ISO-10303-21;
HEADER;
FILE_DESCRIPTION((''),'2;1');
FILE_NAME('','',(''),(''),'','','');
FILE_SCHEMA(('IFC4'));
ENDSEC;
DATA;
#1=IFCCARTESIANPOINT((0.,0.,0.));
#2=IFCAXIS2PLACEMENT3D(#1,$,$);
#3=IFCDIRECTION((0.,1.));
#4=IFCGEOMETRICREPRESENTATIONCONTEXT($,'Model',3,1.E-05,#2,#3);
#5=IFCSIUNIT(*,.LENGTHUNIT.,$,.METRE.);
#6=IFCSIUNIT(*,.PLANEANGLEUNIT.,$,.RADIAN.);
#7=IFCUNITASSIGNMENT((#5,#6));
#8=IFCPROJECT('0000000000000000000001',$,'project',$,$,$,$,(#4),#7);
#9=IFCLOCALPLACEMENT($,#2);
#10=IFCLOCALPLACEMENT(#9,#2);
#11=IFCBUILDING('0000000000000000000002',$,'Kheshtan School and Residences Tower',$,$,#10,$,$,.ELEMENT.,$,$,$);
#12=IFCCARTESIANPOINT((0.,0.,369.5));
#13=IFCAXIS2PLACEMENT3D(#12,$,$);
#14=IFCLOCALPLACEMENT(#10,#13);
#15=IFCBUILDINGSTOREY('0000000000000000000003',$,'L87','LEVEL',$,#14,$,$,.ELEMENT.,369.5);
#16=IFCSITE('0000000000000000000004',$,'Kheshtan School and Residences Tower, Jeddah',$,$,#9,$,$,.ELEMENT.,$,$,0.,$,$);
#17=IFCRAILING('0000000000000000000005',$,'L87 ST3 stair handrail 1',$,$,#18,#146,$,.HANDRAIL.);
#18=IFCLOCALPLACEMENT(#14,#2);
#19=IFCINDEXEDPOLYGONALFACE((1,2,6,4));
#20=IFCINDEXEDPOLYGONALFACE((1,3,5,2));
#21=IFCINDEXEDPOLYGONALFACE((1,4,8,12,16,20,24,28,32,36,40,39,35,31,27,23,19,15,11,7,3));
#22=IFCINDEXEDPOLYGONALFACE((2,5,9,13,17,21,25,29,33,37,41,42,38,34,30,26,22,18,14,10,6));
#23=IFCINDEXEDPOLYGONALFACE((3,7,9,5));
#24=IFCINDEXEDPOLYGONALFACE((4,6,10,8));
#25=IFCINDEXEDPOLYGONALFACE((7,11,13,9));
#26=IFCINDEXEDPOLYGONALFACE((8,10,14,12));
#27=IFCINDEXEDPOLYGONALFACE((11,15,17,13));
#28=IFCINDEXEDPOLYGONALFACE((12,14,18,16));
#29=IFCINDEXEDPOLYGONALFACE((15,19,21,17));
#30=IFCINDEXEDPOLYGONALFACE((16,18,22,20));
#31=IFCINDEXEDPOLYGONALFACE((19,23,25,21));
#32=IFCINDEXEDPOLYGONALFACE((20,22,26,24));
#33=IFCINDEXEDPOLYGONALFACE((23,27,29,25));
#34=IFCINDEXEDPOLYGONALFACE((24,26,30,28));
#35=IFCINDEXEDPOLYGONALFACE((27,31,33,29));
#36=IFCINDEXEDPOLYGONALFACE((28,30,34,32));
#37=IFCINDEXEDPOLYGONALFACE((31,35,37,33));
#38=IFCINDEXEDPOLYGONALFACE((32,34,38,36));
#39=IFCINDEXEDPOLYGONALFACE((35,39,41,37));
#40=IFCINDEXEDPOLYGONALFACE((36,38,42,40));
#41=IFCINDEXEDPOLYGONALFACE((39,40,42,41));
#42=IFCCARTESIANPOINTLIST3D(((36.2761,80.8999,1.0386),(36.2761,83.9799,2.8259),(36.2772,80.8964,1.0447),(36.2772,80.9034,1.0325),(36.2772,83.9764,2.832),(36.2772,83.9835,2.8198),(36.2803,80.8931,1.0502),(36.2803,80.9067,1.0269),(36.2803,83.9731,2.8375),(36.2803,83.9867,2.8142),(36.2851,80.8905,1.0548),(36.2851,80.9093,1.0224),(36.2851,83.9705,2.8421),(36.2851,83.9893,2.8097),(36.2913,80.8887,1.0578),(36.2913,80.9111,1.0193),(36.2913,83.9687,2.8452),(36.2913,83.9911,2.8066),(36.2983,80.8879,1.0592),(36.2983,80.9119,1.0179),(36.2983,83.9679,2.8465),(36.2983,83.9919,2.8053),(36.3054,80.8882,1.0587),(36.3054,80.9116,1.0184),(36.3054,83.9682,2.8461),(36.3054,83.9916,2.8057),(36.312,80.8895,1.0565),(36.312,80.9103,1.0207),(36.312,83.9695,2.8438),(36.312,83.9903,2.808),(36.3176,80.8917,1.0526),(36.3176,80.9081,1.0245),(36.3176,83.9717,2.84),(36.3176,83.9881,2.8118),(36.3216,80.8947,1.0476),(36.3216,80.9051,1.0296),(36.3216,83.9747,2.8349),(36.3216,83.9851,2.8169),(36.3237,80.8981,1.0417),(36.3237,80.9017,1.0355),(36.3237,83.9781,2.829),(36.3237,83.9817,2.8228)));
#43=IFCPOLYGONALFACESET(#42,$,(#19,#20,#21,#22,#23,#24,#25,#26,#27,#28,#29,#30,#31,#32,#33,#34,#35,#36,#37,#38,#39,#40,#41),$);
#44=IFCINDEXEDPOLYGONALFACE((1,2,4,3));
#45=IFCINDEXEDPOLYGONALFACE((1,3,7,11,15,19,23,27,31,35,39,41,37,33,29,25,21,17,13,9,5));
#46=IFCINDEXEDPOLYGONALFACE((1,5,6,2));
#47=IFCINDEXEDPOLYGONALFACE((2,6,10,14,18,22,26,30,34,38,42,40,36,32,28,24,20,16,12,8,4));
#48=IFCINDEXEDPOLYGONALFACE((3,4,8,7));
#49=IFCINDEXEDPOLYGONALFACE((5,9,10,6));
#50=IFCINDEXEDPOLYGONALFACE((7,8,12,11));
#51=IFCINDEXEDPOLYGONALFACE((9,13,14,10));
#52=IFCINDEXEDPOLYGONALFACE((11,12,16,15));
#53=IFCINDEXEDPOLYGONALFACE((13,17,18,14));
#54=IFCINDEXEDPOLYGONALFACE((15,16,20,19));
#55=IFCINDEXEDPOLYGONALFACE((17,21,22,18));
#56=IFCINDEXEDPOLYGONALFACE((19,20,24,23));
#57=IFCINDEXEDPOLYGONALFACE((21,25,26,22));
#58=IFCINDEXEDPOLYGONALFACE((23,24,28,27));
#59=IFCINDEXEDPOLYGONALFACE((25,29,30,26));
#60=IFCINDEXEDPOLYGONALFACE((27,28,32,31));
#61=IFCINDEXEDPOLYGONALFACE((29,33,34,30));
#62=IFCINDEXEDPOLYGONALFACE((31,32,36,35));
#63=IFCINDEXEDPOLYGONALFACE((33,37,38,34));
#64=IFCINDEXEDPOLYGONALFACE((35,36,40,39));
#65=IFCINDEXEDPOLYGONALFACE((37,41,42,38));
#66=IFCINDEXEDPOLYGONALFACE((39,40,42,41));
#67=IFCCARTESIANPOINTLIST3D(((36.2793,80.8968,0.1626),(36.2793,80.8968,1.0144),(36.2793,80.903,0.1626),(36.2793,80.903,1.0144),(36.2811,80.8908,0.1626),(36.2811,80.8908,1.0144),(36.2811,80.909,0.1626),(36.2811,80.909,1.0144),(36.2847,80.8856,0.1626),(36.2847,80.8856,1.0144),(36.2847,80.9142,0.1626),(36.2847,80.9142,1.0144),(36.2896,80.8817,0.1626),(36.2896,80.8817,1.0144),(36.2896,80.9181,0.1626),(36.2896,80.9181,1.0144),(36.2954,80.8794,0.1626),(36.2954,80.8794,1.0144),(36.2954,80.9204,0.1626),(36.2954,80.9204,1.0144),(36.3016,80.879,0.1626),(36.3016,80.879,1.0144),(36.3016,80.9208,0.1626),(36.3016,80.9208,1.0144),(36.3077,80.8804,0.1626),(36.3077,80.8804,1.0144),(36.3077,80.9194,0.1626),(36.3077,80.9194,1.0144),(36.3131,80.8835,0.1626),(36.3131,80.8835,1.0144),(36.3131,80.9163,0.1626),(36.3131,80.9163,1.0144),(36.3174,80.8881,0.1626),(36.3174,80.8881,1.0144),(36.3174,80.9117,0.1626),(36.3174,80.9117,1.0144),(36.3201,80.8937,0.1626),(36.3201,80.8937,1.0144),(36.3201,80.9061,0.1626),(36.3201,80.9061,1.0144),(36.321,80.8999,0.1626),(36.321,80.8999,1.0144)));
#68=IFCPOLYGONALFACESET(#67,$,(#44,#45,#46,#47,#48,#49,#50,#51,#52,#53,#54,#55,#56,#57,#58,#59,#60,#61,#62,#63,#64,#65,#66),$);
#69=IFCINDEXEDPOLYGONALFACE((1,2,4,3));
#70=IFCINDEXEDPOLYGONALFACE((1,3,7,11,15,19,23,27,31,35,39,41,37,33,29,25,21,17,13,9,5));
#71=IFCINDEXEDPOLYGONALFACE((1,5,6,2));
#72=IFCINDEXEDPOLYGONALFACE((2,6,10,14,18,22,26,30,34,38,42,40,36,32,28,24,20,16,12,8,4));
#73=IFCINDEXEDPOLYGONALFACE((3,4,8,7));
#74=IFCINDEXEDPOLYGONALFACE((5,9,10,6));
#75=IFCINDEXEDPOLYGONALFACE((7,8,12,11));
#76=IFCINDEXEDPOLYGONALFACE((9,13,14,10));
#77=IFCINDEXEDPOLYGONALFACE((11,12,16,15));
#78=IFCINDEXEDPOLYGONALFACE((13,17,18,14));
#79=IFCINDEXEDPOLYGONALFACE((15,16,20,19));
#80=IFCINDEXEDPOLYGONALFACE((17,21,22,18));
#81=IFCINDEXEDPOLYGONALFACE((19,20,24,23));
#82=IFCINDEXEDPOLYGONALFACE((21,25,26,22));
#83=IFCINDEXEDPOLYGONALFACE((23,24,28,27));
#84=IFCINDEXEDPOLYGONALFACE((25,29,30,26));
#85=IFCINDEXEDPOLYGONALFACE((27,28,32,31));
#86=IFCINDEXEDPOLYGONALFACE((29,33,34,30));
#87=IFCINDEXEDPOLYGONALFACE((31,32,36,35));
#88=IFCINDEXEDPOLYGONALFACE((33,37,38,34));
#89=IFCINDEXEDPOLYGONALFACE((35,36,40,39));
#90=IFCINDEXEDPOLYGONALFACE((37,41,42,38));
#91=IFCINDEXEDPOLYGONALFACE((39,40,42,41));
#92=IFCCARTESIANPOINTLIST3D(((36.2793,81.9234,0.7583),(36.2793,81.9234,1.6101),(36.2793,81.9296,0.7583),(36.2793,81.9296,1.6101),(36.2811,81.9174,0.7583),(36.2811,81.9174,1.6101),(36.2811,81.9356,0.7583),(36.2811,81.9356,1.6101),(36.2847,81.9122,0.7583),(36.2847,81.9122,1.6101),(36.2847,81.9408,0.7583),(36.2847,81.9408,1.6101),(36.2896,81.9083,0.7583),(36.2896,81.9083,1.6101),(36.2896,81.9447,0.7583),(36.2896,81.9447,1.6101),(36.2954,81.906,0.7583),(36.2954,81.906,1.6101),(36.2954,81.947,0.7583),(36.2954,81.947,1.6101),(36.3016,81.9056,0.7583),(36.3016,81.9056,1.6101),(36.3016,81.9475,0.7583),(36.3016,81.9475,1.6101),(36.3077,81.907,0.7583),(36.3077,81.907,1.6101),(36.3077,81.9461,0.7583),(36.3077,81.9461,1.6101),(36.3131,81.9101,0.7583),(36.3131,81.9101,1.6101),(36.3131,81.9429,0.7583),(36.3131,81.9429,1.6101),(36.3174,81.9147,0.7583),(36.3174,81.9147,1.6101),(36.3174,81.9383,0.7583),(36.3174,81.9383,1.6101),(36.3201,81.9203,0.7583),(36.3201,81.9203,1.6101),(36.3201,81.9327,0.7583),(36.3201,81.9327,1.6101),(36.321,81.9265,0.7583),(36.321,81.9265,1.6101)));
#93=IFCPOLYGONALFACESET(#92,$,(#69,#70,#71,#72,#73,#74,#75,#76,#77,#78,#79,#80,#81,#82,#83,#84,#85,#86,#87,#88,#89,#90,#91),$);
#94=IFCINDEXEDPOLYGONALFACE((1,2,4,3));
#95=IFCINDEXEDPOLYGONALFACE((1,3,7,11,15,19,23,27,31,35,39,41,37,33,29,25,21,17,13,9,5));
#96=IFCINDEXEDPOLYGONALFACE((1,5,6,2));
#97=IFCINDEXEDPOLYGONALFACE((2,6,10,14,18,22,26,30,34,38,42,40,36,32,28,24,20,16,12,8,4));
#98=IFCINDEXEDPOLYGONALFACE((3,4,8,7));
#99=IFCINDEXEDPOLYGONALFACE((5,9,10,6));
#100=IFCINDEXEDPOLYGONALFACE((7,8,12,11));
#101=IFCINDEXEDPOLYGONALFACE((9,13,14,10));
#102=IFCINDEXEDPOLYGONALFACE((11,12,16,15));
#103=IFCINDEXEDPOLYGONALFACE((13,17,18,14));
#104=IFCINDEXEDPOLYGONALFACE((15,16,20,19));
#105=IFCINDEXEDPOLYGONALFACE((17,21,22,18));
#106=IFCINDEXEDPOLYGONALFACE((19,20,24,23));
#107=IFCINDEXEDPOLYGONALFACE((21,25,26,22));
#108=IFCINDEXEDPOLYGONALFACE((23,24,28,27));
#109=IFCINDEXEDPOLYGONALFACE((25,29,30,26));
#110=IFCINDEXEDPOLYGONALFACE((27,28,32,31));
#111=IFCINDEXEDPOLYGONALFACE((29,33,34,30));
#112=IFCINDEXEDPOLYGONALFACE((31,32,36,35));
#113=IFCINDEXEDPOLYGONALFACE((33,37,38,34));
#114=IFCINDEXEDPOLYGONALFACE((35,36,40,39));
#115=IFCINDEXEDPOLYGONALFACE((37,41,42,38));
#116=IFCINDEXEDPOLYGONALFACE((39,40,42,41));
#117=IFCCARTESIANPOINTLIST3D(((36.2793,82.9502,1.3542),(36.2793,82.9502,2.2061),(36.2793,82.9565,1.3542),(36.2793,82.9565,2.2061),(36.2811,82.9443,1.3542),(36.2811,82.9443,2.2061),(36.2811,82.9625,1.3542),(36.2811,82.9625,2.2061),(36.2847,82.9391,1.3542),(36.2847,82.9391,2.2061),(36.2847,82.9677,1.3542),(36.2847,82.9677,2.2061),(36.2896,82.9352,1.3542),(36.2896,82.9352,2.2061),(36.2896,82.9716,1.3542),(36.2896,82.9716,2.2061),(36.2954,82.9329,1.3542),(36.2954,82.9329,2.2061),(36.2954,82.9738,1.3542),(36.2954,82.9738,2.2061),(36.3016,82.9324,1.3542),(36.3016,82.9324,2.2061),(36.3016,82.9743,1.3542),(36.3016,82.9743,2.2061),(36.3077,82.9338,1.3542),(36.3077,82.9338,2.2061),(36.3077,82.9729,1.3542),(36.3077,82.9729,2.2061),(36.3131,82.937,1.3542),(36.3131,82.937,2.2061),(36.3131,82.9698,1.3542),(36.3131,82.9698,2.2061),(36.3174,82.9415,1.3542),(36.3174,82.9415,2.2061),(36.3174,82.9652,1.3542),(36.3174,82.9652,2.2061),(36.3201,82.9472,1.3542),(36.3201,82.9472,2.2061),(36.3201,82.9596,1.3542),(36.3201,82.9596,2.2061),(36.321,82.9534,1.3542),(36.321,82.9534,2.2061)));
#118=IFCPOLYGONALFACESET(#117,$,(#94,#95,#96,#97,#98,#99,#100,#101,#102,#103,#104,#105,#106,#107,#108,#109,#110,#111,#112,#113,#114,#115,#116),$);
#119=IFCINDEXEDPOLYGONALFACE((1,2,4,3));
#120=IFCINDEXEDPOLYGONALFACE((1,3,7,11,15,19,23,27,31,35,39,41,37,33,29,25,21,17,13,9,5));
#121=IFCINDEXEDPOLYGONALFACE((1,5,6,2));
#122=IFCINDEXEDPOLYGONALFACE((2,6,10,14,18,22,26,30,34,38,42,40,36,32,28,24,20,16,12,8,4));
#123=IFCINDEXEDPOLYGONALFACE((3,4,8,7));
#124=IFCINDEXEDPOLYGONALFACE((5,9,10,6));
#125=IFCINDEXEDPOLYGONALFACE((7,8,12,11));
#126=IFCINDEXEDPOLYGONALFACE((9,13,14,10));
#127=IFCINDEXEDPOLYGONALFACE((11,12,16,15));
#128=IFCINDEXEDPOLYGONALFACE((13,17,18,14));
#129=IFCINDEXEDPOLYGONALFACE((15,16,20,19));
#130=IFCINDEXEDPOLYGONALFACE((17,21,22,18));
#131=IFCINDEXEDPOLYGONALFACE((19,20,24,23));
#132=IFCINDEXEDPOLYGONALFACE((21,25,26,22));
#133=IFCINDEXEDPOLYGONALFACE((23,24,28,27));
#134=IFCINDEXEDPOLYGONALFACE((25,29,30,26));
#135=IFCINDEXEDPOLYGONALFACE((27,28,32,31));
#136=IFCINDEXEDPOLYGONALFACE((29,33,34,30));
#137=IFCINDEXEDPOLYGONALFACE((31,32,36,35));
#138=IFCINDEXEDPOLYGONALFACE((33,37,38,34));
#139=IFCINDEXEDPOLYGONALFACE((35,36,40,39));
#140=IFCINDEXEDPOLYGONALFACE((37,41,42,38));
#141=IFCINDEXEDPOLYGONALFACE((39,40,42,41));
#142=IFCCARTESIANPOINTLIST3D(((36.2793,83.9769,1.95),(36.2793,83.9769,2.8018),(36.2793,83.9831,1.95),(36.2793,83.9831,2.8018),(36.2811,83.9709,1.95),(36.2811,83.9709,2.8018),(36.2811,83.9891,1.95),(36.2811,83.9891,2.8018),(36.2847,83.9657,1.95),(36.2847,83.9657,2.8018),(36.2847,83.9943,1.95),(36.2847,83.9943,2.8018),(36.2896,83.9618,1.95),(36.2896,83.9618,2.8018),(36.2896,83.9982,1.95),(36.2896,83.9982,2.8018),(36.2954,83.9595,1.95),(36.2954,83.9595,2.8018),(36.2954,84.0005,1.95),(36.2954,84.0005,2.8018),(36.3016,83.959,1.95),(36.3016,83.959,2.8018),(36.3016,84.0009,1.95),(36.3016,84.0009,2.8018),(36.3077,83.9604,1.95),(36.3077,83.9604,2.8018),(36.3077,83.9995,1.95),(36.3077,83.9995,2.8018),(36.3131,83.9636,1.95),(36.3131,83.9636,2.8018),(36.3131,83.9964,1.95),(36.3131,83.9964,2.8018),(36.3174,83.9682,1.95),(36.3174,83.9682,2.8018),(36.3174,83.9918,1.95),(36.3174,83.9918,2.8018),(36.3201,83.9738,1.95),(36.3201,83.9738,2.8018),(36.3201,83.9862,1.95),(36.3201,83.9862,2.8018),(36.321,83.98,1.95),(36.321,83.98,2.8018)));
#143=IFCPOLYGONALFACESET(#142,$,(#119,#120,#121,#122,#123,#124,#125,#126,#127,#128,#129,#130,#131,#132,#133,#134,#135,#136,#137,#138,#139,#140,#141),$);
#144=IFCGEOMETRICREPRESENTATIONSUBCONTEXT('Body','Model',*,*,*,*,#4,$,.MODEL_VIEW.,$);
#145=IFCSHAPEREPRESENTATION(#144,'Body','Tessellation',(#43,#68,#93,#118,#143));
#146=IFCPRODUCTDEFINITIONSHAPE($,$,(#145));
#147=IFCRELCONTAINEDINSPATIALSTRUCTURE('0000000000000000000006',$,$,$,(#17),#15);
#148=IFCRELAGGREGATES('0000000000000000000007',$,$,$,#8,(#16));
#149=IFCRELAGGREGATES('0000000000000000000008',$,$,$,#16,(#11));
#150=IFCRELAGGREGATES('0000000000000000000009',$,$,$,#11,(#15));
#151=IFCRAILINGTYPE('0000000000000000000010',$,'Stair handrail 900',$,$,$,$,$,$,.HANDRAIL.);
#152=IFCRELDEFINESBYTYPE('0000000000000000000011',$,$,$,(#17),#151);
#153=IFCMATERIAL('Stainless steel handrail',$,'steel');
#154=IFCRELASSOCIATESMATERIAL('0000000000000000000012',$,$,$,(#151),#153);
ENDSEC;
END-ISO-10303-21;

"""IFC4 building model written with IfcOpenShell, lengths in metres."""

from ifc_helpers import new_model, si_unit, direction, frame, origin, origin_2d, place, context, subcontext, project, spatial, circle, extrude, material, type_object, element, save


model = new_model("IFC4")

# Units and contexts
model_context = context("Model", 3, precision=1e-05, world=origin(), true_north=direction((0.0, 1.0)))
body_context = subcontext(model_context, "Body", "Model", "MODEL_VIEW")
ifc_project = project(units=[si_unit("LENGTHUNIT", "METRE"), si_unit("PLANEANGLEUNIT", "RADIAN")], contexts=[model_context])

# Site, building, storey
site_placement = place(None, origin())
site = spatial("IfcSite", under=ifc_project, at=site_placement, Name="Kheshtan School and Residences Tower, Jeddah", CompositionType="ELEMENT", RefElevation=0.0)
building_placement = place(site_placement, origin())
building = spatial("IfcBuilding", under=site, at=building_placement, Name="Kheshtan School and Residences Tower", CompositionType="ELEMENT")
storey_placement = place(building_placement, frame((0.0, 0.0, 369.5)))
storey = spatial("IfcBuildingStorey", under=building, at=storey_placement, Name="L87", Description="LEVEL", CompositionType="ELEMENT", Elevation=369.5)

# Railing
ifc_material_1 = material(Name="Stainless steel handrail", Category="steel")
railing_type_1 = type_object("IfcRailingType", Name="Stair handrail 900", PredefinedType="HANDRAIL", material=ifc_material_1)
railing_1_placement = place(storey_placement, frame((36.3, 80.8999, 0.1626)))
element("IfcRailing", 1, at=railing_1_placement, inside=storey, type_object=railing_type_1, Name="L87 ST3 stair handrail 1", PredefinedType="HANDRAIL", context=body_context, shape_type="SweptSolid", body=[
    extrude(circle(Radius=0.0239, at=origin_2d()), frame((0.0, 0.0, 0.876), z_axis=(0.0, 0.86492, 0.501909), x_axis=(-1.0, 0.0, 0.0)), (0.0, 0.0, 1.0), 3.561),
    extrude(circle(Radius=0.021, at=origin_2d()), origin(), (0.0, 0.0, 1.0), 0.8518),
    extrude(circle(Radius=0.021, at=origin_2d()), frame((0.0, 1.0266, 0.5957)), (0.0, 0.0, 1.0), 0.8518),
    extrude(circle(Radius=0.021, at=origin_2d()), frame((0.0, 2.0535, 1.1917)), (0.0, 0.0, 1.0), 0.8518),
    extrude(circle(Radius=0.021, at=origin_2d()), frame((0.0, 3.0801, 1.7874)), (0.0, 0.0, 1.0), 0.8518),
])

save(model, "model.ifc")
